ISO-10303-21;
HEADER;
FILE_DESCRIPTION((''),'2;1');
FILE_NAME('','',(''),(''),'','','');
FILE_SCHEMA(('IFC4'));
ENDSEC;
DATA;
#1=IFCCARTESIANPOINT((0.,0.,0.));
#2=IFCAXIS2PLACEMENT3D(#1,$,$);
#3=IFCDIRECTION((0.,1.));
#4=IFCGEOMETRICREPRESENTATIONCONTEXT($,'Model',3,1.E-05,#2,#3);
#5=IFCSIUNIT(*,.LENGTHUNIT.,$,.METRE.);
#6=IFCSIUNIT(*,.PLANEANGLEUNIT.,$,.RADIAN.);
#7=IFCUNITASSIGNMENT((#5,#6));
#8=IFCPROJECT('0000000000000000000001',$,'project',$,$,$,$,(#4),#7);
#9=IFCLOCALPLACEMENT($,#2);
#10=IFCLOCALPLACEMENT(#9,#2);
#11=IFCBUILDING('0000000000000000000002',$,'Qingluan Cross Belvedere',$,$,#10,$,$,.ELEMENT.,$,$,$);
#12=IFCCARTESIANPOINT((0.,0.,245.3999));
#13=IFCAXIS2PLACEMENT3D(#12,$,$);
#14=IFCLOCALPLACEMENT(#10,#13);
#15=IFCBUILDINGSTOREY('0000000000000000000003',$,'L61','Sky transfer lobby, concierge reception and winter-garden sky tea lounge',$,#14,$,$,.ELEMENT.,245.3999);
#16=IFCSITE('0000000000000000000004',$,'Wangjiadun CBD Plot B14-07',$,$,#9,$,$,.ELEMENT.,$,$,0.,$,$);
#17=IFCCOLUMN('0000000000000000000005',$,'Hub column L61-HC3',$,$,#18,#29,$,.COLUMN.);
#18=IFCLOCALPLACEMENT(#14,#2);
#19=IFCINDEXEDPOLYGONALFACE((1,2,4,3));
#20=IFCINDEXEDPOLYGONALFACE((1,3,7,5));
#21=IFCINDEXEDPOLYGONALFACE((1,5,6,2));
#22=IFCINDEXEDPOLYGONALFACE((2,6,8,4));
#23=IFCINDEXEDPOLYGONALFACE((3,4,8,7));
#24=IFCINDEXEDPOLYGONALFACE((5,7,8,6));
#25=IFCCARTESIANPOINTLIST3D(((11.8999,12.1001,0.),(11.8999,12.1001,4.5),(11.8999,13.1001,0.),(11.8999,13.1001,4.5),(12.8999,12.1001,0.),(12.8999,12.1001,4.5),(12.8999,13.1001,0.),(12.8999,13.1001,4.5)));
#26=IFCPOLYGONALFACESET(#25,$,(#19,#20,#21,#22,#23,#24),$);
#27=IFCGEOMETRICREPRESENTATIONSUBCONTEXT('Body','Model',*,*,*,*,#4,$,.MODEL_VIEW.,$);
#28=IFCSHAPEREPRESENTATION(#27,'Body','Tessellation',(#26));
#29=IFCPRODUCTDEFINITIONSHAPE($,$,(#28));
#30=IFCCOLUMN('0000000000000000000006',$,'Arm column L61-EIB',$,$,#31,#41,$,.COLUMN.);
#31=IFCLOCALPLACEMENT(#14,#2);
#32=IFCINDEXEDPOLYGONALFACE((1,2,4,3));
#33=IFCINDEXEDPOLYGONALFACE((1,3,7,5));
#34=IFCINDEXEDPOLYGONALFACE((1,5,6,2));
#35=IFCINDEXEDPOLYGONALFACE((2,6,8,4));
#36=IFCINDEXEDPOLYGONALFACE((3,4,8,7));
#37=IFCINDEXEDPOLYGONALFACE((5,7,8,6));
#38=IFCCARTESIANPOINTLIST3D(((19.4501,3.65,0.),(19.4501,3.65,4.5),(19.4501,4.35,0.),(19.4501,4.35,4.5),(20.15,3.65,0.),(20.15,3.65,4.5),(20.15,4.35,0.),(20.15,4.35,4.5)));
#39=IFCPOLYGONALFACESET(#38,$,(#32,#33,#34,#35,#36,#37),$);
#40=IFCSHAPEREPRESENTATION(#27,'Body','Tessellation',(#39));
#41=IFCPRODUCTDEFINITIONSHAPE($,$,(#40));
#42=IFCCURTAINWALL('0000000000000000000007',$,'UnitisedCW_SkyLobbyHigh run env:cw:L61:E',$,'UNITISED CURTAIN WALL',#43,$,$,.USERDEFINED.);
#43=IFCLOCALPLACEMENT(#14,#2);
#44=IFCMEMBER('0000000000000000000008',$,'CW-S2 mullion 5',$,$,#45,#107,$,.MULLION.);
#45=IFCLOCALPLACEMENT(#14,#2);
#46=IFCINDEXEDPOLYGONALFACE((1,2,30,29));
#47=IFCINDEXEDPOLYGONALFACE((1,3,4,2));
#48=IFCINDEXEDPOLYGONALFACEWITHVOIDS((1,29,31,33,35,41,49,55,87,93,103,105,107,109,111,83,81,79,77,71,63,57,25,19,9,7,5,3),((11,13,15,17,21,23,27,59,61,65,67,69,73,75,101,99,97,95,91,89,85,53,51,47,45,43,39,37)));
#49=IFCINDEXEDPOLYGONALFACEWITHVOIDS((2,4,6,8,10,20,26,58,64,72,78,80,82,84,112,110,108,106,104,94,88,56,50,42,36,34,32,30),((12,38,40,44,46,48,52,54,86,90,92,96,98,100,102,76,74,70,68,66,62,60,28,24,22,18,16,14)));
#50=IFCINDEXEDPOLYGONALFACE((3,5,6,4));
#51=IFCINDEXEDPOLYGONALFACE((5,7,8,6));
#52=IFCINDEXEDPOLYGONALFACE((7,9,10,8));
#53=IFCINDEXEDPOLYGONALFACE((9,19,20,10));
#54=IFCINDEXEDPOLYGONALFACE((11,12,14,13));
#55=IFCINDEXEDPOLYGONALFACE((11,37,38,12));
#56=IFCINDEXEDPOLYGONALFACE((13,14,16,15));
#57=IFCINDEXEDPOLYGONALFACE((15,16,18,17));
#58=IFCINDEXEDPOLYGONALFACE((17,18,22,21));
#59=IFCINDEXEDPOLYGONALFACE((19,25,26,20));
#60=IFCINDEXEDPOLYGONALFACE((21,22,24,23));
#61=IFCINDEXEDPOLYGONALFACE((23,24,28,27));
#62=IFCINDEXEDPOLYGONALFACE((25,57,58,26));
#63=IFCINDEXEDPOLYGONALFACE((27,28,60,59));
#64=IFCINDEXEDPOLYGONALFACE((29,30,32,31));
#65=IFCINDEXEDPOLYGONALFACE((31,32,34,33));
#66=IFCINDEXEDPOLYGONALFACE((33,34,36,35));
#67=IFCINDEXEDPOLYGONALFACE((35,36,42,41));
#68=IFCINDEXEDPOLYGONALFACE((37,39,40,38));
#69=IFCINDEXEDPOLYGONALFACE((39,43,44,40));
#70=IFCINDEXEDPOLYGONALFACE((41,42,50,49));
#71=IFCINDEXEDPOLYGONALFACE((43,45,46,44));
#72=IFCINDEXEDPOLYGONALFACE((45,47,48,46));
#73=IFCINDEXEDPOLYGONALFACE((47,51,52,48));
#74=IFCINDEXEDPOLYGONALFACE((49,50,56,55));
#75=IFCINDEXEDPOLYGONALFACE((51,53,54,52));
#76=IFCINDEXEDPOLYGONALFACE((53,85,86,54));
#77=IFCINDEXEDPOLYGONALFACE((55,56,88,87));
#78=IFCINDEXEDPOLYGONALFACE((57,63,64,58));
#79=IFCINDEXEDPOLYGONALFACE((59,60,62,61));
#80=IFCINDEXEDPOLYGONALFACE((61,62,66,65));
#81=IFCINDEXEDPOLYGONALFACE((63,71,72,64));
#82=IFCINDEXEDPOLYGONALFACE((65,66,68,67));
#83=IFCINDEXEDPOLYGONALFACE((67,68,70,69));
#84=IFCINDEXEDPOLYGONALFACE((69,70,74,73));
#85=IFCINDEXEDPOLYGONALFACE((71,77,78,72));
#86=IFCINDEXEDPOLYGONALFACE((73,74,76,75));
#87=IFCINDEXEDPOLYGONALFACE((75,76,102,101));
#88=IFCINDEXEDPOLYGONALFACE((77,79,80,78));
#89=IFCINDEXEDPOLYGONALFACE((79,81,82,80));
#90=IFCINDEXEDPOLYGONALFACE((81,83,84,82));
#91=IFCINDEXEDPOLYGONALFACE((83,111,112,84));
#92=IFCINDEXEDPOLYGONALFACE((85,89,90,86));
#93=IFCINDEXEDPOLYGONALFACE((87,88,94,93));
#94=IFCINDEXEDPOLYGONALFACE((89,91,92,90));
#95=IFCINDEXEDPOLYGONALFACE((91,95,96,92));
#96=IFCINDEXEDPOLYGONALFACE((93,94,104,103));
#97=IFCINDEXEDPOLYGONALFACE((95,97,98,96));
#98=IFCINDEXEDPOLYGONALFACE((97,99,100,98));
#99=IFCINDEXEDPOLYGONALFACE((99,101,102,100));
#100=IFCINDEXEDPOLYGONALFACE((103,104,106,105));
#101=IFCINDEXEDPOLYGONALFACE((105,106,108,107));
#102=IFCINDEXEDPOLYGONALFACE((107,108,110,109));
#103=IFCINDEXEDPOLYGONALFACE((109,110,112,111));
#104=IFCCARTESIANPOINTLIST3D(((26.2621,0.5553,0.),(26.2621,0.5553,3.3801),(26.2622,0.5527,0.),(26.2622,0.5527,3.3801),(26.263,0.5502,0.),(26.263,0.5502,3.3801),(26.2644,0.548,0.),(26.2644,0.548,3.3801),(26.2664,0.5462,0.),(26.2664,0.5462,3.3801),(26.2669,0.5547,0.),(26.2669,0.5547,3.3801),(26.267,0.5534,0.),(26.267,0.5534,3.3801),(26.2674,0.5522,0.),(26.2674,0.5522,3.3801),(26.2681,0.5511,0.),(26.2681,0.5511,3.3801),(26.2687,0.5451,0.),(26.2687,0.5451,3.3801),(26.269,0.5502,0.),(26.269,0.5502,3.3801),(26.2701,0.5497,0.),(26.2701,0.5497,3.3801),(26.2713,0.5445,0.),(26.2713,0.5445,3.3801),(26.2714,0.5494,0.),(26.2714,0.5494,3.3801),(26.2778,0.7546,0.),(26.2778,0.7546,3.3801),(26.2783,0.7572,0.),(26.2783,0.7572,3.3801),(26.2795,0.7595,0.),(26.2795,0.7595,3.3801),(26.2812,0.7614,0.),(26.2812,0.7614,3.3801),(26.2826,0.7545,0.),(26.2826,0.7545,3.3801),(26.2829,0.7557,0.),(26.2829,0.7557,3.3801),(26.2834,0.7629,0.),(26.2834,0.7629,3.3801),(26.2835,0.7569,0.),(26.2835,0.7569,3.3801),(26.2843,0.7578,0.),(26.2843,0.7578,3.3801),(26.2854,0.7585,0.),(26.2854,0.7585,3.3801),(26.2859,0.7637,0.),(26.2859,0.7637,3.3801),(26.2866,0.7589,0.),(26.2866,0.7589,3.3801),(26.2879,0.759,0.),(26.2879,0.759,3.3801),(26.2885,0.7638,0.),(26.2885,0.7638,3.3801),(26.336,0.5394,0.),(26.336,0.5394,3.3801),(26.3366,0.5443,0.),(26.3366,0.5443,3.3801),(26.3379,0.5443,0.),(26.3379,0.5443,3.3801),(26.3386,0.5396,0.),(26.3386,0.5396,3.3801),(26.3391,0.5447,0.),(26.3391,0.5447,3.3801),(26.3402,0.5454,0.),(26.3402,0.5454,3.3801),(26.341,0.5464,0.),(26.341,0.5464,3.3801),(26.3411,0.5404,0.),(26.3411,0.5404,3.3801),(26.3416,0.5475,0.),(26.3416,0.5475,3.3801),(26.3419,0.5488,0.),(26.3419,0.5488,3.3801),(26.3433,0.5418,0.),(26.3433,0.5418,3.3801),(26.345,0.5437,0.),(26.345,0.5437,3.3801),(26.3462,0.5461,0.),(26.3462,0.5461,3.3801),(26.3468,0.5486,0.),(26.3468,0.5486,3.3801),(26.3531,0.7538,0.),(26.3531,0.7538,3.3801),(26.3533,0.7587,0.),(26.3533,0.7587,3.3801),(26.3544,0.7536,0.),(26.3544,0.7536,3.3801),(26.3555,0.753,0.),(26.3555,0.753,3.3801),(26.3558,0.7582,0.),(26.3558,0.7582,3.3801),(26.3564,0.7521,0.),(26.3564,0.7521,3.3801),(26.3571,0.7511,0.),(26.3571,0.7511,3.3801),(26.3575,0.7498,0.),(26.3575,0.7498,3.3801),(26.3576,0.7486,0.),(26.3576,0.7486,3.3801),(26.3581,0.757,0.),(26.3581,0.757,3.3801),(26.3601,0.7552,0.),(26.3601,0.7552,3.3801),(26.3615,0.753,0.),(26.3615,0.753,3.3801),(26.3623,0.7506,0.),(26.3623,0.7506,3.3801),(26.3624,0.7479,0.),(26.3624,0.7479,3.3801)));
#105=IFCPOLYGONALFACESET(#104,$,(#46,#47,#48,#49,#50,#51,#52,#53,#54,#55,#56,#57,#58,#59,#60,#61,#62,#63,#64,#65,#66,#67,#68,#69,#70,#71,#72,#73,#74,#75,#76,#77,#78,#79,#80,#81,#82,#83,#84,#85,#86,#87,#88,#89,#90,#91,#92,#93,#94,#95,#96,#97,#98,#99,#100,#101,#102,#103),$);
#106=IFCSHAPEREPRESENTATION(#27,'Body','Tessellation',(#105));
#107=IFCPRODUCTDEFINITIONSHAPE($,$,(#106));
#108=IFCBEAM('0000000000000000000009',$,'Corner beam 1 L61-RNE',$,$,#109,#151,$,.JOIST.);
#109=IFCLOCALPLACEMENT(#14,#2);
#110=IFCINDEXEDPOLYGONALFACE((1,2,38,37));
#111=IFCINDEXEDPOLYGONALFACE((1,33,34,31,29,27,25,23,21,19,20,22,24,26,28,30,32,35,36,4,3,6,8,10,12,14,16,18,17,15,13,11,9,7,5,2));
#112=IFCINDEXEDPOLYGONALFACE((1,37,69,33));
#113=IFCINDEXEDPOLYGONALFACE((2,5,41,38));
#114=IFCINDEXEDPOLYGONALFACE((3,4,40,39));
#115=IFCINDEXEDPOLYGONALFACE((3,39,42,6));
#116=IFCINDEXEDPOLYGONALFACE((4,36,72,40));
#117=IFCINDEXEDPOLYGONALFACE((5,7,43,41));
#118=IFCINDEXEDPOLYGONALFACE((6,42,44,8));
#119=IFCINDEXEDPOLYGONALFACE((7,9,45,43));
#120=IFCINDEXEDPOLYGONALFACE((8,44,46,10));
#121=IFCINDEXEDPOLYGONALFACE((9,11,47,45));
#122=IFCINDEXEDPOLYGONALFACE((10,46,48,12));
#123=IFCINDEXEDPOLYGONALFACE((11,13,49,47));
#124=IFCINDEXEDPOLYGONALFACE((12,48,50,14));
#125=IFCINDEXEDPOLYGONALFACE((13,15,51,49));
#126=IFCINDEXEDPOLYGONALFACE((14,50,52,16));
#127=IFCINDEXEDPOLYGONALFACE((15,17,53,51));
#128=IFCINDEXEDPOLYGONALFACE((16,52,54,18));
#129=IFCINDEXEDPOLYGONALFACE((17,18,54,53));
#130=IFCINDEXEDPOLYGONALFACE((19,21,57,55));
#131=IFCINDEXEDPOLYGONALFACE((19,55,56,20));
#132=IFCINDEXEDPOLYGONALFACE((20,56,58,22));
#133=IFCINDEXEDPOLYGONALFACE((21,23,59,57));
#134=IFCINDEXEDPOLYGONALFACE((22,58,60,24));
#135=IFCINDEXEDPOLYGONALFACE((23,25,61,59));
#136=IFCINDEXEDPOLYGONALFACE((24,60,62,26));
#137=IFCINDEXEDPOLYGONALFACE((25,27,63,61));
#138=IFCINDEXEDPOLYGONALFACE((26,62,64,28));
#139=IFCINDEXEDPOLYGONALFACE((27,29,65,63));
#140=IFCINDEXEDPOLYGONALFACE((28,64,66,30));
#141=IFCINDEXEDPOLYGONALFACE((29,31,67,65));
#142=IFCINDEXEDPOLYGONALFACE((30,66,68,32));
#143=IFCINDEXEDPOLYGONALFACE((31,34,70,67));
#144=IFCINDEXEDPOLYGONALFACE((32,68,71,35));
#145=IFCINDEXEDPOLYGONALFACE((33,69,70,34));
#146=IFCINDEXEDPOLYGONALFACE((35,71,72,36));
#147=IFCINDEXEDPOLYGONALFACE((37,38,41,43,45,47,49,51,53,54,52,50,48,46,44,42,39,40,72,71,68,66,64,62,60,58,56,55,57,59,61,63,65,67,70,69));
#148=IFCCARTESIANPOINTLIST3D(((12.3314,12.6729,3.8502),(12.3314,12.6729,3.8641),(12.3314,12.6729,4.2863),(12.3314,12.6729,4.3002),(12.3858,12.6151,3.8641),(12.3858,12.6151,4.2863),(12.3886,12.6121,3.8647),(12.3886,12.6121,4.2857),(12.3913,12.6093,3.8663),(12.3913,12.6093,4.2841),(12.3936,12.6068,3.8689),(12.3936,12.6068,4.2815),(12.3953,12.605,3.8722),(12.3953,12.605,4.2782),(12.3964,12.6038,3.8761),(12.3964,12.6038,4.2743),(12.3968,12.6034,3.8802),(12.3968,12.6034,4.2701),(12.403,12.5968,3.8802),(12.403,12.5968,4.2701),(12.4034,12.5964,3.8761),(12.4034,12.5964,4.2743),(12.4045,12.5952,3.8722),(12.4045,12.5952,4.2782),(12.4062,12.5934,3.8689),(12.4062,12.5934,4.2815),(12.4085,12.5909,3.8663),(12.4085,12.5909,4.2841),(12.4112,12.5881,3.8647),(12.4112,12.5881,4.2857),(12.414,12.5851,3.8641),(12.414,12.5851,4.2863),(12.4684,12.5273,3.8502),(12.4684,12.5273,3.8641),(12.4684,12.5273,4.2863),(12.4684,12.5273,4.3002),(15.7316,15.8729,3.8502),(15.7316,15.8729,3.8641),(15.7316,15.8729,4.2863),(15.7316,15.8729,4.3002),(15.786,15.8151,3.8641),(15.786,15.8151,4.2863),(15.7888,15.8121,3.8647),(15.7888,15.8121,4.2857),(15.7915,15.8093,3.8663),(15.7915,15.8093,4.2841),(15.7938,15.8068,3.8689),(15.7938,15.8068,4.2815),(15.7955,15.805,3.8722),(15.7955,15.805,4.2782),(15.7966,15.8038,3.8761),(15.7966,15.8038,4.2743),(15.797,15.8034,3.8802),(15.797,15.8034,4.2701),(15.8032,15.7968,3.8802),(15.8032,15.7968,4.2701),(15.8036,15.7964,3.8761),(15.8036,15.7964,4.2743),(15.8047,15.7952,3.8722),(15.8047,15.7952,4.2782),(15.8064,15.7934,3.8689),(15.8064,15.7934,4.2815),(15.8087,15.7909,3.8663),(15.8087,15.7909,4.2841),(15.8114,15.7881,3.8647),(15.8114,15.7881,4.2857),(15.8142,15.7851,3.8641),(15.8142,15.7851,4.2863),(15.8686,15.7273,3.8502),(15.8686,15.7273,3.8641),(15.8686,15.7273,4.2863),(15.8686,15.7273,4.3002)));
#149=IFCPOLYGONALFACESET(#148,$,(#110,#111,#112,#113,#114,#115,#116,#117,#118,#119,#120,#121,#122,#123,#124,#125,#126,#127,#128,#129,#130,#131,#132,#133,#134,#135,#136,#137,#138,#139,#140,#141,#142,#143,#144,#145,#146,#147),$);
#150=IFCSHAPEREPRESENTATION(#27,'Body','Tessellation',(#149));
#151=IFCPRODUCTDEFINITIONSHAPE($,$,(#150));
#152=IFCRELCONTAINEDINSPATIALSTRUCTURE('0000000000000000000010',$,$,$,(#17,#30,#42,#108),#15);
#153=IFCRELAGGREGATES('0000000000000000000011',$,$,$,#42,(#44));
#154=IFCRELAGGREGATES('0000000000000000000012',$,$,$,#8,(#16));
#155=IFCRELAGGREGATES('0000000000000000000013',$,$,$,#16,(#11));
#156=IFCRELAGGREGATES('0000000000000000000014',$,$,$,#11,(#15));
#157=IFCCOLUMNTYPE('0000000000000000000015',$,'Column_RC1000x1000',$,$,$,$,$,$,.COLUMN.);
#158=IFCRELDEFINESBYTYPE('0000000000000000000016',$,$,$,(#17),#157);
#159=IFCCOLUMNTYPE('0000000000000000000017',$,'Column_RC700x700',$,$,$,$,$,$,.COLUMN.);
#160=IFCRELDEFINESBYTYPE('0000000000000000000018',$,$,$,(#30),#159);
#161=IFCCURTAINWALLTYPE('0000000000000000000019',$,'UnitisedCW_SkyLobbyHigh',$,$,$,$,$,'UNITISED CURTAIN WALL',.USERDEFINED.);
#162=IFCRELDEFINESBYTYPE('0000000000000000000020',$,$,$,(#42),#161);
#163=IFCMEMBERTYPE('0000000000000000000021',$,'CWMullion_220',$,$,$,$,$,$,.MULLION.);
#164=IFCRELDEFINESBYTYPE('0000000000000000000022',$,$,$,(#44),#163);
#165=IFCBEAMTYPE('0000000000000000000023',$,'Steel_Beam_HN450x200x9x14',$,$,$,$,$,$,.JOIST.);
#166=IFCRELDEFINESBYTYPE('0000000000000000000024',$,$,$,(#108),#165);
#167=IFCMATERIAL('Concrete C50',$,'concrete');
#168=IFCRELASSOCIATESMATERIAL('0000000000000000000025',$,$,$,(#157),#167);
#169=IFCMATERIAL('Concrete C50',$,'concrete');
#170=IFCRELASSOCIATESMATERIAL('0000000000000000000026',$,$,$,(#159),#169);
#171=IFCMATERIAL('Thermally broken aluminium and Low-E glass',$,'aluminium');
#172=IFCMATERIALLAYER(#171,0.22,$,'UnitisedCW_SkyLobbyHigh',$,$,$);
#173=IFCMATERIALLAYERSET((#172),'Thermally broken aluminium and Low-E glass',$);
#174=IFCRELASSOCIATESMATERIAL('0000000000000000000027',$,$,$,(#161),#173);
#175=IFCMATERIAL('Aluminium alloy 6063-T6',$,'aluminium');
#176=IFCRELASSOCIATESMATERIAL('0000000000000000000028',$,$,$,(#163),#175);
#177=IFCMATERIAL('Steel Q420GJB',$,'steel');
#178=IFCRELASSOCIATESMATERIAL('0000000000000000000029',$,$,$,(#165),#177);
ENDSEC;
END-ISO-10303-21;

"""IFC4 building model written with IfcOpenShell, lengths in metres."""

from ifc_helpers import new_model, si_unit, direction, frame, origin, origin_2d, place, context, subcontext, project, spatial, rectangle, hollow_rectangle, i_section, extrude, material, layer, layer_set, material_profile, profile_set, type_object, element, aggregate, save


model = new_model("IFC4")

# Units and contexts
model_context = context("Model", 3, precision=1e-05, world=origin(), true_north=direction((0.0, 1.0)))
body_context = subcontext(model_context, "Body", "Model", "MODEL_VIEW")
ifc_project = project(units=[si_unit("LENGTHUNIT", "METRE"), si_unit("PLANEANGLEUNIT", "RADIAN")], contexts=[model_context])

# Site, building, storey
site_placement = place(None, origin())
site = spatial("IfcSite", under=ifc_project, at=site_placement, Name="Wangjiadun CBD Plot B14-07", CompositionType="ELEMENT", RefElevation=0.0)
building_placement = place(site_placement, origin())
building = spatial("IfcBuilding", under=site, at=building_placement, Name="Qingluan Cross Belvedere", CompositionType="ELEMENT")
storey_placement = place(building_placement, frame((0.0, 0.0, 245.3999)))
storey = spatial("IfcBuildingStorey", under=building, at=storey_placement, Name="L61", Description="Sky transfer lobby, concierge reception and winter-garden sky tea lounge", CompositionType="ELEMENT", Elevation=245.3999)

# Columns
ifc_material_1 = material(Name="Concrete C50", Category="concrete")
ifc_material_profile_1 = material_profile(ifc_material_1, rectangle(XDim=1.0, YDim=1.0, at=origin_2d()), Name="RC1000x1000")
ifc_profile_set_1 = profile_set([ifc_material_profile_1], Name="Concrete C50")
column_type_1 = type_object("IfcColumnType", Name="Column_RC1000x1000", PredefinedType="COLUMN", material=ifc_profile_set_1)
column_1_placement = place(storey_placement, frame((12.3999, 12.6001, 0.0), z_axis=(0.0, 0.0, 1.0), x_axis=(1.0, 0.0, 0.0)))
element("IfcColumn", 1, at=column_1_placement, inside=storey, type_object=column_type_1, Name="Hub column L61-HC3", PredefinedType="COLUMN", context=body_context, shape_type="SweptSolid", body=[
    extrude(rectangle(XDim=1.0, YDim=1.0, at=origin_2d()), origin(), (0.0, 0.0, 1.0), 4.5),
])
ifc_material_2 = material(Name="Concrete C50", Category="concrete")
ifc_material_profile_2 = material_profile(ifc_material_2, rectangle(XDim=0.7, YDim=0.7, at=origin_2d()), Name="RC700x700")
ifc_profile_set_2 = profile_set([ifc_material_profile_2], Name="Concrete C50")
column_type_2 = type_object("IfcColumnType", Name="Column_RC700x700", PredefinedType="COLUMN", material=ifc_profile_set_2)
column_2_placement = place(storey_placement, frame((19.8, 4.0, 0.0), z_axis=(0.0, 0.0, 1.0), x_axis=(1.0, 0.0, 0.0)))
element("IfcColumn", 2, at=column_2_placement, inside=storey, type_object=column_type_2, Name="Arm column L61-EIB", PredefinedType="COLUMN", context=body_context, shape_type="SweptSolid", body=[
    extrude(rectangle(XDim=0.7, YDim=0.7, at=origin_2d()), origin(), (0.0, 0.0, 1.0), 4.5),
])

# Curtain wall, member
ifc_material_3 = material(Name="Thermally broken aluminium and Low-E glass", Category="aluminium")
ifc_layer_1 = layer(ifc_material_3, 0.22, Name="UnitisedCW_SkyLobbyHigh")
ifc_layer_set_1 = layer_set([ifc_layer_1], Name="Thermally broken aluminium and Low-E glass")
curtain_wall_type = type_object("IfcCurtainWallType", Name="UnitisedCW_SkyLobbyHigh", ElementType="UNITISED CURTAIN WALL", PredefinedType="USERDEFINED", material=ifc_layer_set_1)
curtain_wall_placement = place(storey_placement, origin())
curtain_wall = element("IfcCurtainWall", 3, at=curtain_wall_placement, inside=storey, type_object=curtain_wall_type, Name="UnitisedCW_SkyLobbyHigh run env:cw:L61:E", ObjectType="UNITISED CURTAIN WALL", PredefinedType="USERDEFINED")
ifc_material_4 = material(Name="Aluminium alloy 6063-T6", Category="aluminium")
ifc_material_profile_3 = material_profile(ifc_material_4, hollow_rectangle(XDim=0.085, YDim=0.22, WallThickness=0.0049, InnerFilletRadius=0.0049, OuterFilletRadius=0.01, at=origin_2d()), Name="CWM220x85x5")
ifc_profile_set_3 = profile_set([ifc_material_profile_3], Name="Aluminium alloy 6063-T6")
member_type = type_object("IfcMemberType", Name="CWMullion_220", PredefinedType="MULLION", material=ifc_profile_set_3)
member_placement = place(storey_placement, frame((26.3123, 0.6516, 0.0), z_axis=(0.0, 0.0, 1.0), x_axis=(-0.996917, 0.078462, 0.0)))
member = element("IfcMember", 4, at=member_placement, type_object=member_type, Name="CW-S2 mullion 5", PredefinedType="MULLION", context=body_context, shape_type="SweptSolid", body=[
    extrude(hollow_rectangle(XDim=0.085, YDim=0.22, WallThickness=0.0049, InnerFilletRadius=0.0049, OuterFilletRadius=0.01, at=origin_2d()), origin(), (0.0, 0.0, 1.0), 3.3801),
])

# Beam
ifc_material_5 = material(Name="Steel Q420GJB", Category="steel")
ifc_material_profile_4 = material_profile(ifc_material_5, i_section(OverallWidth=0.2, OverallDepth=0.45, WebThickness=0.009, FlangeThickness=0.0139, FilletRadius=0.0161, at=origin_2d()), Name="HN450x200x9x14")
ifc_profile_set_4 = profile_set([ifc_material_profile_4], Name="Steel Q420GJB")
beam_type_1 = type_object("IfcBeamType", Name="Steel_Beam_HN450x200x9x14", PredefinedType="JOIST", material=ifc_profile_set_4)
beam_1_placement = place(storey_placement, frame((12.3999, 12.6001, 4.0752), z_axis=(0.72822, 0.685343, 0.0), x_axis=(-0.685343, 0.72822, 0.0)))
element("IfcBeam", 5, at=beam_1_placement, inside=storey, type_object=beam_type_1, Name="Corner beam 1 L61-RNE", PredefinedType="JOIST", context=body_context, shape_type="SweptSolid", body=[
    extrude(i_section(OverallWidth=0.2, OverallDepth=0.45, WebThickness=0.009, FlangeThickness=0.0139, FilletRadius=0.0161, at=origin_2d()), origin(), (0.0, 0.0, 1.0), 4.6692),
])

aggregate(curtain_wall, [member])

save(model, "model.ifc")
